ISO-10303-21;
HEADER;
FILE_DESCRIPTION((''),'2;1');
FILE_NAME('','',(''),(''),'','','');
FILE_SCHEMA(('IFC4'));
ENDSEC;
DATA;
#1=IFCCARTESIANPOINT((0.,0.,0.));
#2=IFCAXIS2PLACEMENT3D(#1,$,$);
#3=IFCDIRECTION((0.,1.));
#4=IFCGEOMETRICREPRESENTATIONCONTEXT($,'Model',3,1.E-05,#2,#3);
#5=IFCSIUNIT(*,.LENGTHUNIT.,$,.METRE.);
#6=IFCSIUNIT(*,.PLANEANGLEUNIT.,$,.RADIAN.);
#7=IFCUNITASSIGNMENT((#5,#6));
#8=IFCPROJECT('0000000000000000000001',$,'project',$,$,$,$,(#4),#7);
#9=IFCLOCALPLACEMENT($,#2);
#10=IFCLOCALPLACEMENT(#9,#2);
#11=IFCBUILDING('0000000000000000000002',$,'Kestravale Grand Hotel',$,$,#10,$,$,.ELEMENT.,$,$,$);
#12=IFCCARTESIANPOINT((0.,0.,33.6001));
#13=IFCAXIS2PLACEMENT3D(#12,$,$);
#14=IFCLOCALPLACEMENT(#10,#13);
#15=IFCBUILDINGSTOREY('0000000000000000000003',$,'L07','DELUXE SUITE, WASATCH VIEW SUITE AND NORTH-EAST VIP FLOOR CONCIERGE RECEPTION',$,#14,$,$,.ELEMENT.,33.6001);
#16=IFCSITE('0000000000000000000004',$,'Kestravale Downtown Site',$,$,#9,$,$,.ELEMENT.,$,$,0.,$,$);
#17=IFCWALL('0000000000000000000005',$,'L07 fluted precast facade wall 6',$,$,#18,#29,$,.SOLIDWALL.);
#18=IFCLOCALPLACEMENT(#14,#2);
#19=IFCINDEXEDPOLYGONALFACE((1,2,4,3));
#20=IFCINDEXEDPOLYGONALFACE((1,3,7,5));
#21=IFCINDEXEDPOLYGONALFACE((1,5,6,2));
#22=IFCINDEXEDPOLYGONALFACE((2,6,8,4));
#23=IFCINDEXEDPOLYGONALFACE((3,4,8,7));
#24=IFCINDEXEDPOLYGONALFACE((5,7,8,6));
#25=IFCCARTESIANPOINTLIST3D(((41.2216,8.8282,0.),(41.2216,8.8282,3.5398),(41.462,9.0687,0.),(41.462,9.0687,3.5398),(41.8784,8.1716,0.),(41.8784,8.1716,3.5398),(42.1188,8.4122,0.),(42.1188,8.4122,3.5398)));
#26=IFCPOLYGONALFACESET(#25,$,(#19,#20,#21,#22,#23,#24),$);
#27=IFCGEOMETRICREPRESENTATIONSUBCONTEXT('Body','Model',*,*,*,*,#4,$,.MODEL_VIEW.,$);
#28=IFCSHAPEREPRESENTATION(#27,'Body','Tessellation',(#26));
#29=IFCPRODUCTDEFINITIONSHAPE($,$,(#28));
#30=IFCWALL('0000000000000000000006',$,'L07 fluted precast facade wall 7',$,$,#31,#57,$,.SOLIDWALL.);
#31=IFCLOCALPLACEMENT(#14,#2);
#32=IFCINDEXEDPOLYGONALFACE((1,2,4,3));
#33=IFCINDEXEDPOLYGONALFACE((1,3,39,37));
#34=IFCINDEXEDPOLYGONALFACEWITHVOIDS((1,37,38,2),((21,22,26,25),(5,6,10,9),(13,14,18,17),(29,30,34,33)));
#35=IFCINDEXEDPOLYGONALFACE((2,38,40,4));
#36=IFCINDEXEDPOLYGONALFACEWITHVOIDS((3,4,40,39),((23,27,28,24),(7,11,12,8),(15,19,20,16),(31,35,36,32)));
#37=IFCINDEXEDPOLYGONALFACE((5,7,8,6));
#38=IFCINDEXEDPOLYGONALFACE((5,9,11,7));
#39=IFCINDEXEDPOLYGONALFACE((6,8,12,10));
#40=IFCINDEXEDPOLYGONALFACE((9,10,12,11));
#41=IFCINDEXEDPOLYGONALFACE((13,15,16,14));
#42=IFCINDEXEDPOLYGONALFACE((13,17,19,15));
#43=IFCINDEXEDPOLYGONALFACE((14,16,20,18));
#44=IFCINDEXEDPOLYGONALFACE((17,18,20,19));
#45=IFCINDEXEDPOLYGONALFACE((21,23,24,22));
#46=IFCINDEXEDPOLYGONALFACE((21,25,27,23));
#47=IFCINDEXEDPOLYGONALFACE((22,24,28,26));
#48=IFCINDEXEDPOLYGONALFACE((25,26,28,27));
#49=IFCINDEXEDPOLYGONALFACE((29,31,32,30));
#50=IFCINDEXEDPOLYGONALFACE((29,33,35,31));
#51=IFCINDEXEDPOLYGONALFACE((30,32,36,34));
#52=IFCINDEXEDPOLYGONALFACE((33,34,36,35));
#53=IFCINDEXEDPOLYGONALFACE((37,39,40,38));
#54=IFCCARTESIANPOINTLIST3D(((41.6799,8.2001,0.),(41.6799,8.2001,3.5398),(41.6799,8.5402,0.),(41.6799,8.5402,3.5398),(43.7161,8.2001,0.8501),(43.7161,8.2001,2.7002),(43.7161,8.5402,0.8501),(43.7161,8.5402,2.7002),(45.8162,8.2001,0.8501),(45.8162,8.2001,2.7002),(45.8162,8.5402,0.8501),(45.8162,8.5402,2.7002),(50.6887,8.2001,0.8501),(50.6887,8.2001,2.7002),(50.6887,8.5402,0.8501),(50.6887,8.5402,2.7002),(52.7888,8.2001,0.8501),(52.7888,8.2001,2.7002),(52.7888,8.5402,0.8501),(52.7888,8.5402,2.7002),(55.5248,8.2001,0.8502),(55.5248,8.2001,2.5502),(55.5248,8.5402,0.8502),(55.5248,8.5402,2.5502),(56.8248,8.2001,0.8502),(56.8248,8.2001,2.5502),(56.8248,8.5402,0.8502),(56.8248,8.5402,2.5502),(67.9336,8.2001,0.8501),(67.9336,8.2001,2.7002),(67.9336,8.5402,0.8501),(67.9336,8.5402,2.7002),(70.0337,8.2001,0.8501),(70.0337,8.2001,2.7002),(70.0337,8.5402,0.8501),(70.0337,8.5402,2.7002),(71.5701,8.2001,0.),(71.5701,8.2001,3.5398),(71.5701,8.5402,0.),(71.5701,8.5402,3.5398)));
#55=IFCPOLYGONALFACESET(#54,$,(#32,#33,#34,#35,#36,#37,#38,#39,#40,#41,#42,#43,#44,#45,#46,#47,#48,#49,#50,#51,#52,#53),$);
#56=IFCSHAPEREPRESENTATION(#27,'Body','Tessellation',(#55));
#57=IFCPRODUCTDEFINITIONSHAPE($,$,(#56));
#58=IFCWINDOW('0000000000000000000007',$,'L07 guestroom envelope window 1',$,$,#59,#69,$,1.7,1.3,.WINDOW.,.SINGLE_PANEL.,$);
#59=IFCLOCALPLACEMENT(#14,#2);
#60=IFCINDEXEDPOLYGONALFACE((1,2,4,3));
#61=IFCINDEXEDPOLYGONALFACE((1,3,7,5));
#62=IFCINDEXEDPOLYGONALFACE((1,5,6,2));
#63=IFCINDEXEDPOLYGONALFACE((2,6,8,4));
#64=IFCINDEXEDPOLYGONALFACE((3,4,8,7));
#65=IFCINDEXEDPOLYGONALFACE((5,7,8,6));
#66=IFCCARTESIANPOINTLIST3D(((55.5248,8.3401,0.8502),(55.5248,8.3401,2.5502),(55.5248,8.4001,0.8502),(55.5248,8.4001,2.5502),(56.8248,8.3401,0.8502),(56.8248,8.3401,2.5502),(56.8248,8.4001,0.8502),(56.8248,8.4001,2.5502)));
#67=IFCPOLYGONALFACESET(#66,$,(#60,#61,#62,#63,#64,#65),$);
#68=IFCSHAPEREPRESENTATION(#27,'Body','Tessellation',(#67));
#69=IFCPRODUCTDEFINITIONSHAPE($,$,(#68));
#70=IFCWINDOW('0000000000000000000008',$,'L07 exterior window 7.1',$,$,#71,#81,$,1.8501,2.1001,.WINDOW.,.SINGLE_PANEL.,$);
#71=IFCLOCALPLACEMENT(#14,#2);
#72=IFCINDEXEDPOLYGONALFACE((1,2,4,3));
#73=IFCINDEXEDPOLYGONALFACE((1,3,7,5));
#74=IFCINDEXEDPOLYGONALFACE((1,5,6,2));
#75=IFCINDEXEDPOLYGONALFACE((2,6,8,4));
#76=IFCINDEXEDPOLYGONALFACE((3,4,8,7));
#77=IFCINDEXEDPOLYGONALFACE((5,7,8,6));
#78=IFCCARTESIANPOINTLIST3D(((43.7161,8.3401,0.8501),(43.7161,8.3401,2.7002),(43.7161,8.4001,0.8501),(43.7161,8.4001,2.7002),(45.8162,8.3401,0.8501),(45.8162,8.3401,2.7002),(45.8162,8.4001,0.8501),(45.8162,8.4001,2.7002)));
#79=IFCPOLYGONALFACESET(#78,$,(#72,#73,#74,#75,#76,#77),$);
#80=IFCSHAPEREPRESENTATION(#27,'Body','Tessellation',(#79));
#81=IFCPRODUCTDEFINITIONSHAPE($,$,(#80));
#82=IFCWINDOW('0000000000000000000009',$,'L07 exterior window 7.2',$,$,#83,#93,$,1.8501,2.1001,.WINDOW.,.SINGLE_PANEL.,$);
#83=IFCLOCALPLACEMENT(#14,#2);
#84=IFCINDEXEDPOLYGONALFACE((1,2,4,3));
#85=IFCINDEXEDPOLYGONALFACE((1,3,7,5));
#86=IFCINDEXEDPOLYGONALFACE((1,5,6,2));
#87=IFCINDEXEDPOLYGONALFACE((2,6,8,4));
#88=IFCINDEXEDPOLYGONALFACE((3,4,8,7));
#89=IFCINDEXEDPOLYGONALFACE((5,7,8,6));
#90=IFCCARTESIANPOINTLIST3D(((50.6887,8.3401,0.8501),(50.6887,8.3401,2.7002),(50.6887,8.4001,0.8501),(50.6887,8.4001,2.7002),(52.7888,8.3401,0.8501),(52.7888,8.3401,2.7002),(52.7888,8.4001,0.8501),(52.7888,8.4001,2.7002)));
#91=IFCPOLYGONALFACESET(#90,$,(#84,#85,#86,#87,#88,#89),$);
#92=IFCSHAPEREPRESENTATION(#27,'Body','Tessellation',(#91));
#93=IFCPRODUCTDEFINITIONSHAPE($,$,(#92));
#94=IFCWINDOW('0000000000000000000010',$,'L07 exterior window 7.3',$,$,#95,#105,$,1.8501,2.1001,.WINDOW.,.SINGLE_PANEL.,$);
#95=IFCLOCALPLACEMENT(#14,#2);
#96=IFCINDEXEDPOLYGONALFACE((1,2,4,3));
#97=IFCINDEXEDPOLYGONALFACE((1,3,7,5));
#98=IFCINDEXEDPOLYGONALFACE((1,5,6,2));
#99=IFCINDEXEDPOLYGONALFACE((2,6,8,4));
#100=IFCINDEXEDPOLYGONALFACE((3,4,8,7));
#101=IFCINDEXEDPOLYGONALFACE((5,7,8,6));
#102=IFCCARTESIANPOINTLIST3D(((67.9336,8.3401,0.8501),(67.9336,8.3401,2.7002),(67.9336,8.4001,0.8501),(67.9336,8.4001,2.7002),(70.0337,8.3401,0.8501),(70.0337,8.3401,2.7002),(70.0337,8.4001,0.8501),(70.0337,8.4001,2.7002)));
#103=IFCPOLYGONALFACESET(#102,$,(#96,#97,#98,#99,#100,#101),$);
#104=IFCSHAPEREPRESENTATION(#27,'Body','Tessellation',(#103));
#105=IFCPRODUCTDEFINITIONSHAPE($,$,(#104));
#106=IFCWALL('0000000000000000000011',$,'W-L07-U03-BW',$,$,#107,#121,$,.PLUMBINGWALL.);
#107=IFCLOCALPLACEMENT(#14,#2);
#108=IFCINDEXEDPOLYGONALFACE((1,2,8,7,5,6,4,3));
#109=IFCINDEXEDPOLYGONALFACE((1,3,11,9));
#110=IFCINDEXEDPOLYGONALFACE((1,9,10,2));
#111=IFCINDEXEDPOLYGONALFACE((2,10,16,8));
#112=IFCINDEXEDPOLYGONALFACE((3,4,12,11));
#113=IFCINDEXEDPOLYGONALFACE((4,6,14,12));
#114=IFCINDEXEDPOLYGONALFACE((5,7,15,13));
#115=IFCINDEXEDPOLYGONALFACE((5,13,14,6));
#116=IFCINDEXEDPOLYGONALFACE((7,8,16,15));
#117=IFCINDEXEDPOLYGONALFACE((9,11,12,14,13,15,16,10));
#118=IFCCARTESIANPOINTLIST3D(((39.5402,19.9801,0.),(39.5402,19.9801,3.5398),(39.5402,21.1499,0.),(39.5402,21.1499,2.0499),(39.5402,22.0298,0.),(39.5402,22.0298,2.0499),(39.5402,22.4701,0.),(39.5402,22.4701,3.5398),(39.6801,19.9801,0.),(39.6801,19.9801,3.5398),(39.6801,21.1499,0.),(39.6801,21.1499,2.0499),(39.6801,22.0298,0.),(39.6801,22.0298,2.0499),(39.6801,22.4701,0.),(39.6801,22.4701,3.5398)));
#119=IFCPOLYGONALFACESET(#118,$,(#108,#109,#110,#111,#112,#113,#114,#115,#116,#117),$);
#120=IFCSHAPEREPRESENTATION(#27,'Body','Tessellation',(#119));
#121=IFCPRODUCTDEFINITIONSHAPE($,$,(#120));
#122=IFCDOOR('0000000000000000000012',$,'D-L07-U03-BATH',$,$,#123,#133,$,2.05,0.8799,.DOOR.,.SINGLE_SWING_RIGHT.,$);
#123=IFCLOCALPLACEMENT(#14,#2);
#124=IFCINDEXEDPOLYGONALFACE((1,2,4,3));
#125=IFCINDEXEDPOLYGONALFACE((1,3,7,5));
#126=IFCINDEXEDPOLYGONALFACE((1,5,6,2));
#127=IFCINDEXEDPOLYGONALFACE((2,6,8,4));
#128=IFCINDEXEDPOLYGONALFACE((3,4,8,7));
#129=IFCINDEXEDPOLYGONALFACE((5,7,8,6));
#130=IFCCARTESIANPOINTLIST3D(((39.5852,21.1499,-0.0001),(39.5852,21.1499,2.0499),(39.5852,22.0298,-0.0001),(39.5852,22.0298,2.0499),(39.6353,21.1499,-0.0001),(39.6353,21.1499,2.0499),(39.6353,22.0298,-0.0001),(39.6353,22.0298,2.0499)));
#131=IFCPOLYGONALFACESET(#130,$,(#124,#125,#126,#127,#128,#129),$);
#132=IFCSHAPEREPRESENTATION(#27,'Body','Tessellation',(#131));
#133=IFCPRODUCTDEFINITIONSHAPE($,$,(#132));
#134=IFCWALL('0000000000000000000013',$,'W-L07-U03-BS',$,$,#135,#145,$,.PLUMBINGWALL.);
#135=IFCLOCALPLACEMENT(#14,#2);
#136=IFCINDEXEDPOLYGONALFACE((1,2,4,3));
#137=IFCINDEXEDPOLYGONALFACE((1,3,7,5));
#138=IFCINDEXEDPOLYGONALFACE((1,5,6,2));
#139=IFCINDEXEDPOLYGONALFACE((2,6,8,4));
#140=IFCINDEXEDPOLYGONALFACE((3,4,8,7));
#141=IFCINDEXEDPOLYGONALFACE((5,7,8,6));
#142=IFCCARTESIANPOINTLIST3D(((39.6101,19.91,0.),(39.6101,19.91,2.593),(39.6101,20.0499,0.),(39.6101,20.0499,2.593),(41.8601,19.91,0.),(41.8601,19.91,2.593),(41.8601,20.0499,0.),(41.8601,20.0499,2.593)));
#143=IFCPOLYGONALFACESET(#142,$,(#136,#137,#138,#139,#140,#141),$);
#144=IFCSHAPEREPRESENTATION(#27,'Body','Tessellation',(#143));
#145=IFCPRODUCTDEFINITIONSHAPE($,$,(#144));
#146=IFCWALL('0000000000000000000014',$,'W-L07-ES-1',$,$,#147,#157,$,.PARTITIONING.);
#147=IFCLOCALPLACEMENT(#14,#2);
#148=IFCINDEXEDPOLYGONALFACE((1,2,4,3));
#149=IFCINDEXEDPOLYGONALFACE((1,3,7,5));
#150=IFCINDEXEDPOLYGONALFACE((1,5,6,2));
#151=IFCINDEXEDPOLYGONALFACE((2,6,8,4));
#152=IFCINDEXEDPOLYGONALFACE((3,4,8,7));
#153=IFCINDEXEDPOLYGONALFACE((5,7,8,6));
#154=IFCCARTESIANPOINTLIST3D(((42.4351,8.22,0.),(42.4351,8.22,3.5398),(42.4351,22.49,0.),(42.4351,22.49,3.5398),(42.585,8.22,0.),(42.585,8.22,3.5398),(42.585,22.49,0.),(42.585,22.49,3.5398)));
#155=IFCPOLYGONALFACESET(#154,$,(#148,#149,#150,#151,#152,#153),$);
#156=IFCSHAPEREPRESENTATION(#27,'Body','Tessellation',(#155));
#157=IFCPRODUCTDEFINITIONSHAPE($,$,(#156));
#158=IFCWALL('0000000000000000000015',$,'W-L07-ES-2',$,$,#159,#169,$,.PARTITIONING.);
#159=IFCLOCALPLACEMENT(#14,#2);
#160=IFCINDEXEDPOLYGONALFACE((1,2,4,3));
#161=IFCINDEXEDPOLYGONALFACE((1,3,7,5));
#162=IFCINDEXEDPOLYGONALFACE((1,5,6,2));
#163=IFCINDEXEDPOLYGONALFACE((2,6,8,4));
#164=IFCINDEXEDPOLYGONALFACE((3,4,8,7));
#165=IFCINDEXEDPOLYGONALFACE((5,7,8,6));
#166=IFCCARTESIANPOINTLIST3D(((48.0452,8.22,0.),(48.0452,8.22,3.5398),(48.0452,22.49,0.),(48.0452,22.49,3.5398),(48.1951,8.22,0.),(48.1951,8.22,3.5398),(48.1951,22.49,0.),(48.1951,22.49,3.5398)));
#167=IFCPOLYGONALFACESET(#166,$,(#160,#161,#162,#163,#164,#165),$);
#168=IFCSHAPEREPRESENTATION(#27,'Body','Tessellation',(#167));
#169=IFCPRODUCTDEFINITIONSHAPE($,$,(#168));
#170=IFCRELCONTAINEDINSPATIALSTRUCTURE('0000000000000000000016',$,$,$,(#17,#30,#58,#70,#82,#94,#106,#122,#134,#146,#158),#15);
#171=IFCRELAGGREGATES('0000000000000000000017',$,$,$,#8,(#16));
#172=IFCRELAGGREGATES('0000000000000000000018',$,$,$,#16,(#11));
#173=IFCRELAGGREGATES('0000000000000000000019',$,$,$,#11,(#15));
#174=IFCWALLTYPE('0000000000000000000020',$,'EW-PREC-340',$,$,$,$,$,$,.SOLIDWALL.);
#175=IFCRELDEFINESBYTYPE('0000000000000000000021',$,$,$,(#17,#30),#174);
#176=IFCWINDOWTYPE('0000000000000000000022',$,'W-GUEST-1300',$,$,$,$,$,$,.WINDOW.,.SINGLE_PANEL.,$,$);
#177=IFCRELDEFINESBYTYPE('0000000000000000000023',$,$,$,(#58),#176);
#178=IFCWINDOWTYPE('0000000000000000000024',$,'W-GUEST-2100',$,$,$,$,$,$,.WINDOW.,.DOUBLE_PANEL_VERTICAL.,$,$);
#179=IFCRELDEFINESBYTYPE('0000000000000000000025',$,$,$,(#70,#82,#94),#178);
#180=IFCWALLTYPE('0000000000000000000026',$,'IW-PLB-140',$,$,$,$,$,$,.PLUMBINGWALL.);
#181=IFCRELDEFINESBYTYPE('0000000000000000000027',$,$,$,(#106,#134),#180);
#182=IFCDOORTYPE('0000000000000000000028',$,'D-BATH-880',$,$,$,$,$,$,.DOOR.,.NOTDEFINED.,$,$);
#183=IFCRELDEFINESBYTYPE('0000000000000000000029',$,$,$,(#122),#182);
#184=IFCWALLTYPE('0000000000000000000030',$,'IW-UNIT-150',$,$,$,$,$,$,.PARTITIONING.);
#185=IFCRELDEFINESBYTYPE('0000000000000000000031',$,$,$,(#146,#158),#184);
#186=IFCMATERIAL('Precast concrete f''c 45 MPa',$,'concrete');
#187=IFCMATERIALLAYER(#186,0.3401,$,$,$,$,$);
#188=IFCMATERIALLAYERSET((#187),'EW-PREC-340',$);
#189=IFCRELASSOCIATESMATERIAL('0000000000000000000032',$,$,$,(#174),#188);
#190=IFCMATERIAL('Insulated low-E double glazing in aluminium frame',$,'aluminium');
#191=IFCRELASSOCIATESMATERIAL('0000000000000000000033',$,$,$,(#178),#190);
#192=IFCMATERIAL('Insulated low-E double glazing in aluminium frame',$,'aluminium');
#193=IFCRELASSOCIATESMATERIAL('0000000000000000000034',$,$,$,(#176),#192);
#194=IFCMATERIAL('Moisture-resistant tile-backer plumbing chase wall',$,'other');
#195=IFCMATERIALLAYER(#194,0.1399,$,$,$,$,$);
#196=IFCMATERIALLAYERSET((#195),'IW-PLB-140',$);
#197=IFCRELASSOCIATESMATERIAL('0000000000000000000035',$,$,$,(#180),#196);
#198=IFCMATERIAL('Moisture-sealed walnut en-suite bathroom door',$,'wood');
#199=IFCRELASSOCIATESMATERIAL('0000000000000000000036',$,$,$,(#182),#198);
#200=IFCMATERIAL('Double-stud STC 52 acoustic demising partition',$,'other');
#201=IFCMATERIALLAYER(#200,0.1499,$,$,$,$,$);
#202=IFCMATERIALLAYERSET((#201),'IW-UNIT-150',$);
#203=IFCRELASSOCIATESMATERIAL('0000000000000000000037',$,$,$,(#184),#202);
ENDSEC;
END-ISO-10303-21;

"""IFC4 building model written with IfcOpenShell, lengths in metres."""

from ifc_helpers import new_model, si_unit, direction, frame, frame_2d, origin, place, context, subcontext, project, spatial, rectangle, extrude, material, layer, layer_set, type_object, element, fill, save


model = new_model("IFC4")

# Units and contexts
model_context = context("Model", 3, precision=1e-05, world=origin(), true_north=direction((0.0, 1.0)))
body_context = subcontext(model_context, "Body", "Model", "MODEL_VIEW")
ifc_project = project(units=[si_unit("LENGTHUNIT", "METRE"), si_unit("PLANEANGLEUNIT", "RADIAN")], contexts=[model_context])

# Site, building, storey
site_placement = place(None, origin())
site = spatial("IfcSite", under=ifc_project, at=site_placement, Name="Kestravale Downtown Site", CompositionType="ELEMENT", RefElevation=0.0)
building_placement = place(site_placement, origin())
building = spatial("IfcBuilding", under=site, at=building_placement, Name="Kestravale Grand Hotel", CompositionType="ELEMENT")
storey_placement = place(building_placement, frame((0.0, 0.0, 33.6001)))
storey = spatial("IfcBuildingStorey", under=building, at=storey_placement, Name="L07", Description="DELUXE SUITE, WASATCH VIEW SUITE AND NORTH-EAST VIP FLOOR CONCIERGE RECEPTION", CompositionType="ELEMENT", Elevation=33.6001)

# Shared definitions
ifc_material_1 = material(Name="Precast concrete f'c 45 MPa", Category="concrete")
ifc_layer_1 = layer(ifc_material_1, 0.3401)
ifc_layer_set_1 = layer_set([ifc_layer_1], Name="EW-PREC-340")
wall_type_1 = type_object("IfcWallType", Name="EW-PREC-340", PredefinedType="SOLIDWALL", material=ifc_layer_set_1)

# Shared definitions
ifc_material_2 = material(Name="Insulated low-E double glazing in aluminium frame", Category="aluminium")
window_type_1 = type_object("IfcWindowType", Name="W-GUEST-2100", PartitioningType="DOUBLE_PANEL_VERTICAL", PredefinedType="WINDOW", material=ifc_material_2)

# Wall
wall_1_placement = place(storey_placement, frame((41.3418, 8.9485, 0.0), z_axis=(0.0, 0.0, 1.0), x_axis=(0.707238, -0.706975, 0.0)))
element("IfcWall", 1, at=wall_1_placement, inside=storey, type_object=wall_type_1, Name="L07 fluted precast facade wall 6", PredefinedType="SOLIDWALL", context=body_context, shape_type="SweptSolid", body=[
    extrude(rectangle(XDim=0.9287, YDim=0.3401, at=frame_2d((0.4644, 0.0))), origin(), (0.0, 0.0, 1.0), 3.5398),
])

# Wall, openings, windows
wall_2_placement = place(storey_placement, frame((41.6799, 8.3701, 0.0), z_axis=(0.0, 0.0, 1.0), x_axis=(1.0, 0.0, 0.0)))
wall_2 = element("IfcWall", 2, at=wall_2_placement, inside=storey, type_object=wall_type_1, Name="L07 fluted precast facade wall 7", PredefinedType="SOLIDWALL", context=body_context, shape_type="SweptSolid", body=[
    extrude(rectangle(XDim=29.8901, YDim=0.3401, at=frame_2d((14.9451, 0.0))), origin(), (0.0, 0.0, 1.0), 3.5398),
])
opening_1_placement = place(wall_2_placement, frame((2.0361, 0.0, 0.8501)))
opening_1 = element("IfcOpeningElement", 3, at=opening_1_placement, cuts=wall_2, PredefinedType="OPENING", context=body_context, shape_type="SweptSolid", body=[
    extrude(rectangle(XDim=2.1001, YDim=1.8501, at=frame_2d((1.05, 0.925))), frame((0.0, 0.1799, 0.0), z_axis=(0.0, -1.0, 0.0), x_axis=(1.0, 0.0, 0.0)), (0.0, 0.0, 1.0), 0.3601),
])
opening_2_placement = place(wall_2_placement, frame((9.0088, 0.0, 0.8501)))
opening_2 = element("IfcOpeningElement", 4, at=opening_2_placement, cuts=wall_2, PredefinedType="OPENING", context=body_context, shape_type="SweptSolid", body=[
    extrude(rectangle(XDim=2.1001, YDim=1.8501, at=frame_2d((1.05, 0.925))), frame((0.0, 0.1799, 0.0), z_axis=(0.0, -1.0, 0.0), x_axis=(1.0, 0.0, 0.0)), (0.0, 0.0, 1.0), 0.3601),
])
opening_3_placement = place(wall_2_placement, frame((26.2537, 0.0, 0.8501)))
opening_3 = element("IfcOpeningElement", 5, at=opening_3_placement, cuts=wall_2, PredefinedType="OPENING", context=body_context, shape_type="SweptSolid", body=[
    extrude(rectangle(XDim=2.1001, YDim=1.8501, at=frame_2d((1.05, 0.925))), frame((0.0, 0.1799, 0.0), z_axis=(0.0, -1.0, 0.0), x_axis=(1.0, 0.0, 0.0)), (0.0, 0.0, 1.0), 0.3601),
])
opening_4_placement = place(wall_2_placement, frame((13.845, 0.0, 0.8501)))
opening_4 = element("IfcOpeningElement", 6, at=opening_4_placement, cuts=wall_2, PredefinedType="OPENING", context=body_context, shape_type="SweptSolid", body=[
    extrude(rectangle(XDim=1.3, YDim=1.7, at=frame_2d((0.6499, 0.8501))), frame((0.0, 0.1799, 0.0), z_axis=(0.0, -1.0, 0.0), x_axis=(1.0, 0.0, 0.0)), (0.0, 0.0, 1.0), 0.3601),
])
ifc_material_3 = material(Name="Insulated low-E double glazing in aluminium frame", Category="aluminium")
window_type_2 = type_object("IfcWindowType", Name="W-GUEST-1300", PartitioningType="SINGLE_PANEL", PredefinedType="WINDOW", material=ifc_material_3)
window_1_placement = place(opening_4_placement, origin())
window_1 = element("IfcWindow", 7, at=window_1_placement, inside=storey, type_object=window_type_2, Name="L07 guestroom envelope window 1", OverallHeight=1.7, OverallWidth=1.3, PartitioningType="SINGLE_PANEL", PredefinedType="WINDOW", context=body_context, shape_type="SweptSolid", body=[
    extrude(rectangle(XDim=1.3, YDim=1.7, at=frame_2d((0.6499, 0.8501))), frame((0.0, 0.03, 0.0), z_axis=(0.0, -1.0, 0.0), x_axis=(1.0, 0.0, 0.0)), (0.0, 0.0, 1.0), 0.0601),
])
fill(opening_4, window_1)
window_2_placement = place(opening_1_placement, origin())
window_2 = element("IfcWindow", 8, at=window_2_placement, inside=storey, type_object=window_type_1, Name="L07 exterior window 7.1", OverallHeight=1.8501, OverallWidth=2.1001, PartitioningType="SINGLE_PANEL", PredefinedType="WINDOW", context=body_context, shape_type="SweptSolid", body=[
    extrude(rectangle(XDim=2.1001, YDim=1.8501, at=frame_2d((1.05, 0.925))), frame((0.0, 0.03, 0.0), z_axis=(0.0, -1.0, 0.0), x_axis=(1.0, 0.0, 0.0)), (0.0, 0.0, 1.0), 0.0601),
])
fill(opening_1, window_2)
window_3_placement = place(opening_2_placement, origin())
window_3 = element("IfcWindow", 9, at=window_3_placement, inside=storey, type_object=window_type_1, Name="L07 exterior window 7.2", OverallHeight=1.8501, OverallWidth=2.1001, PartitioningType="SINGLE_PANEL", PredefinedType="WINDOW", context=body_context, shape_type="SweptSolid", body=[
    extrude(rectangle(XDim=2.1001, YDim=1.8501, at=frame_2d((1.05, 0.925))), frame((0.0, 0.03, 0.0), z_axis=(0.0, -1.0, 0.0), x_axis=(1.0, 0.0, 0.0)), (0.0, 0.0, 1.0), 0.0601),
])
fill(opening_2, window_3)
window_4_placement = place(opening_3_placement, origin())
window_4 = element("IfcWindow", 10, at=window_4_placement, inside=storey, type_object=window_type_1, Name="L07 exterior window 7.3", OverallHeight=1.8501, OverallWidth=2.1001, PartitioningType="SINGLE_PANEL", PredefinedType="WINDOW", context=body_context, shape_type="SweptSolid", body=[
    extrude(rectangle(XDim=2.1001, YDim=1.8501, at=frame_2d((1.05, 0.925))), frame((0.0, 0.03, 0.0), z_axis=(0.0, -1.0, 0.0), x_axis=(1.0, 0.0, 0.0)), (0.0, 0.0, 1.0), 0.0601),
])
fill(opening_3, window_4)

# Wall, opening, door
ifc_material_4 = material(Name="Moisture-resistant tile-backer plumbing chase wall", Category="other")
ifc_layer_2 = layer(ifc_material_4, 0.1399)
ifc_layer_set_2 = layer_set([ifc_layer_2], Name="IW-PLB-140")
wall_type_2 = type_object("IfcWallType", Name="IW-PLB-140", PredefinedType="PLUMBINGWALL", material=ifc_layer_set_2)
wall_3_placement = place(storey_placement, frame((39.6101, 19.98, 0.0), z_axis=(0.0, 0.0, 1.0), x_axis=(0.0, 1.0, 0.0)))
wall_3 = element("IfcWall", 11, at=wall_3_placement, inside=storey, type_object=wall_type_2, Name="W-L07-U03-BW", PredefinedType="PLUMBINGWALL", context=body_context, shape_type="SweptSolid", body=[
    extrude(rectangle(XDim=2.49, YDim=0.1399, at=frame_2d((1.2451, 0.0))), origin(), (0.0, 0.0, 1.0), 3.5398),
])
opening_5_placement = place(wall_3_placement, frame((1.1699, 0.0, 0.0)))
opening_5 = element("IfcOpeningElement", 12, at=opening_5_placement, cuts=wall_3, PredefinedType="OPENING", context=body_context, shape_type="SweptSolid", body=[
    extrude(rectangle(XDim=0.8799, YDim=2.05, at=frame_2d((0.4399, 1.0249))), frame((0.0, 0.0798, 0.0), z_axis=(0.0, -1.0, 0.0), x_axis=(1.0, 0.0, 0.0)), (0.0, 0.0, 1.0), 0.1599),
])
ifc_material_5 = material(Name="Moisture-sealed walnut en-suite bathroom door", Category="wood")
door_type = type_object("IfcDoorType", Name="D-BATH-880", OperationType="NOTDEFINED", PredefinedType="DOOR", material=ifc_material_5)
door_placement = place(opening_5_placement, origin())
door = element("IfcDoor", 13, at=door_placement, inside=storey, type_object=door_type, Name="D-L07-U03-BATH", OperationType="SINGLE_SWING_RIGHT", OverallHeight=2.05, OverallWidth=0.8799, PredefinedType="DOOR", context=body_context, shape_type="SweptSolid", body=[
    extrude(rectangle(XDim=0.8799, YDim=2.05, at=frame_2d((0.4399, 1.0249))), frame((0.0, 0.0249, 0.0), z_axis=(0.0, -1.0, 0.0), x_axis=(1.0, 0.0, 0.0)), (0.0, 0.0, 1.0), 0.05),
])
fill(opening_5, door)

# Walls
wall_4_placement = place(storey_placement, frame((39.6101, 19.98, 0.0), z_axis=(0.0, 0.0, 1.0), x_axis=(1.0, 0.0, 0.0)))
element("IfcWall", 14, at=wall_4_placement, inside=storey, type_object=wall_type_2, Name="W-L07-U03-BS", PredefinedType="PLUMBINGWALL", context=body_context, shape_type="SweptSolid", body=[
    extrude(rectangle(XDim=2.25, YDim=0.1399, at=frame_2d((1.125, 0.0))), origin(), (0.0, 0.0, 1.0), 2.593),
])
ifc_material_6 = material(Name="Double-stud STC 52 acoustic demising partition", Category="other")
ifc_layer_3 = layer(ifc_material_6, 0.1499)
ifc_layer_set_3 = layer_set([ifc_layer_3], Name="IW-UNIT-150")
wall_type_3 = type_object("IfcWallType", Name="IW-UNIT-150", PredefinedType="PARTITIONING", material=ifc_layer_set_3)
for number, where, z_axis, x_axis, name in (
    (15, (42.51, 8.22, 0.0), (0.0, 0.0, 1.0), (0.0, 1.0, 0.0), "W-L07-ES-1"),
    (16, (48.1201, 8.22, 0.0), (0.0, 0.0, 1.0), (0.0, 1.0, 0.0), "W-L07-ES-2"),
):
    element("IfcWall", number, at=place(storey_placement, frame(where, z_axis=z_axis, x_axis=x_axis)), inside=storey, type_object=wall_type_3, Name=name, PredefinedType="PARTITIONING", context=body_context, shape_type="SweptSolid", body=[
        extrude(rectangle(XDim=14.27, YDim=0.1499, at=frame_2d((7.135, 0.0))), origin(), (0.0, 0.0, 1.0), 3.5398),
    ])

save(model, "model.ifc")
